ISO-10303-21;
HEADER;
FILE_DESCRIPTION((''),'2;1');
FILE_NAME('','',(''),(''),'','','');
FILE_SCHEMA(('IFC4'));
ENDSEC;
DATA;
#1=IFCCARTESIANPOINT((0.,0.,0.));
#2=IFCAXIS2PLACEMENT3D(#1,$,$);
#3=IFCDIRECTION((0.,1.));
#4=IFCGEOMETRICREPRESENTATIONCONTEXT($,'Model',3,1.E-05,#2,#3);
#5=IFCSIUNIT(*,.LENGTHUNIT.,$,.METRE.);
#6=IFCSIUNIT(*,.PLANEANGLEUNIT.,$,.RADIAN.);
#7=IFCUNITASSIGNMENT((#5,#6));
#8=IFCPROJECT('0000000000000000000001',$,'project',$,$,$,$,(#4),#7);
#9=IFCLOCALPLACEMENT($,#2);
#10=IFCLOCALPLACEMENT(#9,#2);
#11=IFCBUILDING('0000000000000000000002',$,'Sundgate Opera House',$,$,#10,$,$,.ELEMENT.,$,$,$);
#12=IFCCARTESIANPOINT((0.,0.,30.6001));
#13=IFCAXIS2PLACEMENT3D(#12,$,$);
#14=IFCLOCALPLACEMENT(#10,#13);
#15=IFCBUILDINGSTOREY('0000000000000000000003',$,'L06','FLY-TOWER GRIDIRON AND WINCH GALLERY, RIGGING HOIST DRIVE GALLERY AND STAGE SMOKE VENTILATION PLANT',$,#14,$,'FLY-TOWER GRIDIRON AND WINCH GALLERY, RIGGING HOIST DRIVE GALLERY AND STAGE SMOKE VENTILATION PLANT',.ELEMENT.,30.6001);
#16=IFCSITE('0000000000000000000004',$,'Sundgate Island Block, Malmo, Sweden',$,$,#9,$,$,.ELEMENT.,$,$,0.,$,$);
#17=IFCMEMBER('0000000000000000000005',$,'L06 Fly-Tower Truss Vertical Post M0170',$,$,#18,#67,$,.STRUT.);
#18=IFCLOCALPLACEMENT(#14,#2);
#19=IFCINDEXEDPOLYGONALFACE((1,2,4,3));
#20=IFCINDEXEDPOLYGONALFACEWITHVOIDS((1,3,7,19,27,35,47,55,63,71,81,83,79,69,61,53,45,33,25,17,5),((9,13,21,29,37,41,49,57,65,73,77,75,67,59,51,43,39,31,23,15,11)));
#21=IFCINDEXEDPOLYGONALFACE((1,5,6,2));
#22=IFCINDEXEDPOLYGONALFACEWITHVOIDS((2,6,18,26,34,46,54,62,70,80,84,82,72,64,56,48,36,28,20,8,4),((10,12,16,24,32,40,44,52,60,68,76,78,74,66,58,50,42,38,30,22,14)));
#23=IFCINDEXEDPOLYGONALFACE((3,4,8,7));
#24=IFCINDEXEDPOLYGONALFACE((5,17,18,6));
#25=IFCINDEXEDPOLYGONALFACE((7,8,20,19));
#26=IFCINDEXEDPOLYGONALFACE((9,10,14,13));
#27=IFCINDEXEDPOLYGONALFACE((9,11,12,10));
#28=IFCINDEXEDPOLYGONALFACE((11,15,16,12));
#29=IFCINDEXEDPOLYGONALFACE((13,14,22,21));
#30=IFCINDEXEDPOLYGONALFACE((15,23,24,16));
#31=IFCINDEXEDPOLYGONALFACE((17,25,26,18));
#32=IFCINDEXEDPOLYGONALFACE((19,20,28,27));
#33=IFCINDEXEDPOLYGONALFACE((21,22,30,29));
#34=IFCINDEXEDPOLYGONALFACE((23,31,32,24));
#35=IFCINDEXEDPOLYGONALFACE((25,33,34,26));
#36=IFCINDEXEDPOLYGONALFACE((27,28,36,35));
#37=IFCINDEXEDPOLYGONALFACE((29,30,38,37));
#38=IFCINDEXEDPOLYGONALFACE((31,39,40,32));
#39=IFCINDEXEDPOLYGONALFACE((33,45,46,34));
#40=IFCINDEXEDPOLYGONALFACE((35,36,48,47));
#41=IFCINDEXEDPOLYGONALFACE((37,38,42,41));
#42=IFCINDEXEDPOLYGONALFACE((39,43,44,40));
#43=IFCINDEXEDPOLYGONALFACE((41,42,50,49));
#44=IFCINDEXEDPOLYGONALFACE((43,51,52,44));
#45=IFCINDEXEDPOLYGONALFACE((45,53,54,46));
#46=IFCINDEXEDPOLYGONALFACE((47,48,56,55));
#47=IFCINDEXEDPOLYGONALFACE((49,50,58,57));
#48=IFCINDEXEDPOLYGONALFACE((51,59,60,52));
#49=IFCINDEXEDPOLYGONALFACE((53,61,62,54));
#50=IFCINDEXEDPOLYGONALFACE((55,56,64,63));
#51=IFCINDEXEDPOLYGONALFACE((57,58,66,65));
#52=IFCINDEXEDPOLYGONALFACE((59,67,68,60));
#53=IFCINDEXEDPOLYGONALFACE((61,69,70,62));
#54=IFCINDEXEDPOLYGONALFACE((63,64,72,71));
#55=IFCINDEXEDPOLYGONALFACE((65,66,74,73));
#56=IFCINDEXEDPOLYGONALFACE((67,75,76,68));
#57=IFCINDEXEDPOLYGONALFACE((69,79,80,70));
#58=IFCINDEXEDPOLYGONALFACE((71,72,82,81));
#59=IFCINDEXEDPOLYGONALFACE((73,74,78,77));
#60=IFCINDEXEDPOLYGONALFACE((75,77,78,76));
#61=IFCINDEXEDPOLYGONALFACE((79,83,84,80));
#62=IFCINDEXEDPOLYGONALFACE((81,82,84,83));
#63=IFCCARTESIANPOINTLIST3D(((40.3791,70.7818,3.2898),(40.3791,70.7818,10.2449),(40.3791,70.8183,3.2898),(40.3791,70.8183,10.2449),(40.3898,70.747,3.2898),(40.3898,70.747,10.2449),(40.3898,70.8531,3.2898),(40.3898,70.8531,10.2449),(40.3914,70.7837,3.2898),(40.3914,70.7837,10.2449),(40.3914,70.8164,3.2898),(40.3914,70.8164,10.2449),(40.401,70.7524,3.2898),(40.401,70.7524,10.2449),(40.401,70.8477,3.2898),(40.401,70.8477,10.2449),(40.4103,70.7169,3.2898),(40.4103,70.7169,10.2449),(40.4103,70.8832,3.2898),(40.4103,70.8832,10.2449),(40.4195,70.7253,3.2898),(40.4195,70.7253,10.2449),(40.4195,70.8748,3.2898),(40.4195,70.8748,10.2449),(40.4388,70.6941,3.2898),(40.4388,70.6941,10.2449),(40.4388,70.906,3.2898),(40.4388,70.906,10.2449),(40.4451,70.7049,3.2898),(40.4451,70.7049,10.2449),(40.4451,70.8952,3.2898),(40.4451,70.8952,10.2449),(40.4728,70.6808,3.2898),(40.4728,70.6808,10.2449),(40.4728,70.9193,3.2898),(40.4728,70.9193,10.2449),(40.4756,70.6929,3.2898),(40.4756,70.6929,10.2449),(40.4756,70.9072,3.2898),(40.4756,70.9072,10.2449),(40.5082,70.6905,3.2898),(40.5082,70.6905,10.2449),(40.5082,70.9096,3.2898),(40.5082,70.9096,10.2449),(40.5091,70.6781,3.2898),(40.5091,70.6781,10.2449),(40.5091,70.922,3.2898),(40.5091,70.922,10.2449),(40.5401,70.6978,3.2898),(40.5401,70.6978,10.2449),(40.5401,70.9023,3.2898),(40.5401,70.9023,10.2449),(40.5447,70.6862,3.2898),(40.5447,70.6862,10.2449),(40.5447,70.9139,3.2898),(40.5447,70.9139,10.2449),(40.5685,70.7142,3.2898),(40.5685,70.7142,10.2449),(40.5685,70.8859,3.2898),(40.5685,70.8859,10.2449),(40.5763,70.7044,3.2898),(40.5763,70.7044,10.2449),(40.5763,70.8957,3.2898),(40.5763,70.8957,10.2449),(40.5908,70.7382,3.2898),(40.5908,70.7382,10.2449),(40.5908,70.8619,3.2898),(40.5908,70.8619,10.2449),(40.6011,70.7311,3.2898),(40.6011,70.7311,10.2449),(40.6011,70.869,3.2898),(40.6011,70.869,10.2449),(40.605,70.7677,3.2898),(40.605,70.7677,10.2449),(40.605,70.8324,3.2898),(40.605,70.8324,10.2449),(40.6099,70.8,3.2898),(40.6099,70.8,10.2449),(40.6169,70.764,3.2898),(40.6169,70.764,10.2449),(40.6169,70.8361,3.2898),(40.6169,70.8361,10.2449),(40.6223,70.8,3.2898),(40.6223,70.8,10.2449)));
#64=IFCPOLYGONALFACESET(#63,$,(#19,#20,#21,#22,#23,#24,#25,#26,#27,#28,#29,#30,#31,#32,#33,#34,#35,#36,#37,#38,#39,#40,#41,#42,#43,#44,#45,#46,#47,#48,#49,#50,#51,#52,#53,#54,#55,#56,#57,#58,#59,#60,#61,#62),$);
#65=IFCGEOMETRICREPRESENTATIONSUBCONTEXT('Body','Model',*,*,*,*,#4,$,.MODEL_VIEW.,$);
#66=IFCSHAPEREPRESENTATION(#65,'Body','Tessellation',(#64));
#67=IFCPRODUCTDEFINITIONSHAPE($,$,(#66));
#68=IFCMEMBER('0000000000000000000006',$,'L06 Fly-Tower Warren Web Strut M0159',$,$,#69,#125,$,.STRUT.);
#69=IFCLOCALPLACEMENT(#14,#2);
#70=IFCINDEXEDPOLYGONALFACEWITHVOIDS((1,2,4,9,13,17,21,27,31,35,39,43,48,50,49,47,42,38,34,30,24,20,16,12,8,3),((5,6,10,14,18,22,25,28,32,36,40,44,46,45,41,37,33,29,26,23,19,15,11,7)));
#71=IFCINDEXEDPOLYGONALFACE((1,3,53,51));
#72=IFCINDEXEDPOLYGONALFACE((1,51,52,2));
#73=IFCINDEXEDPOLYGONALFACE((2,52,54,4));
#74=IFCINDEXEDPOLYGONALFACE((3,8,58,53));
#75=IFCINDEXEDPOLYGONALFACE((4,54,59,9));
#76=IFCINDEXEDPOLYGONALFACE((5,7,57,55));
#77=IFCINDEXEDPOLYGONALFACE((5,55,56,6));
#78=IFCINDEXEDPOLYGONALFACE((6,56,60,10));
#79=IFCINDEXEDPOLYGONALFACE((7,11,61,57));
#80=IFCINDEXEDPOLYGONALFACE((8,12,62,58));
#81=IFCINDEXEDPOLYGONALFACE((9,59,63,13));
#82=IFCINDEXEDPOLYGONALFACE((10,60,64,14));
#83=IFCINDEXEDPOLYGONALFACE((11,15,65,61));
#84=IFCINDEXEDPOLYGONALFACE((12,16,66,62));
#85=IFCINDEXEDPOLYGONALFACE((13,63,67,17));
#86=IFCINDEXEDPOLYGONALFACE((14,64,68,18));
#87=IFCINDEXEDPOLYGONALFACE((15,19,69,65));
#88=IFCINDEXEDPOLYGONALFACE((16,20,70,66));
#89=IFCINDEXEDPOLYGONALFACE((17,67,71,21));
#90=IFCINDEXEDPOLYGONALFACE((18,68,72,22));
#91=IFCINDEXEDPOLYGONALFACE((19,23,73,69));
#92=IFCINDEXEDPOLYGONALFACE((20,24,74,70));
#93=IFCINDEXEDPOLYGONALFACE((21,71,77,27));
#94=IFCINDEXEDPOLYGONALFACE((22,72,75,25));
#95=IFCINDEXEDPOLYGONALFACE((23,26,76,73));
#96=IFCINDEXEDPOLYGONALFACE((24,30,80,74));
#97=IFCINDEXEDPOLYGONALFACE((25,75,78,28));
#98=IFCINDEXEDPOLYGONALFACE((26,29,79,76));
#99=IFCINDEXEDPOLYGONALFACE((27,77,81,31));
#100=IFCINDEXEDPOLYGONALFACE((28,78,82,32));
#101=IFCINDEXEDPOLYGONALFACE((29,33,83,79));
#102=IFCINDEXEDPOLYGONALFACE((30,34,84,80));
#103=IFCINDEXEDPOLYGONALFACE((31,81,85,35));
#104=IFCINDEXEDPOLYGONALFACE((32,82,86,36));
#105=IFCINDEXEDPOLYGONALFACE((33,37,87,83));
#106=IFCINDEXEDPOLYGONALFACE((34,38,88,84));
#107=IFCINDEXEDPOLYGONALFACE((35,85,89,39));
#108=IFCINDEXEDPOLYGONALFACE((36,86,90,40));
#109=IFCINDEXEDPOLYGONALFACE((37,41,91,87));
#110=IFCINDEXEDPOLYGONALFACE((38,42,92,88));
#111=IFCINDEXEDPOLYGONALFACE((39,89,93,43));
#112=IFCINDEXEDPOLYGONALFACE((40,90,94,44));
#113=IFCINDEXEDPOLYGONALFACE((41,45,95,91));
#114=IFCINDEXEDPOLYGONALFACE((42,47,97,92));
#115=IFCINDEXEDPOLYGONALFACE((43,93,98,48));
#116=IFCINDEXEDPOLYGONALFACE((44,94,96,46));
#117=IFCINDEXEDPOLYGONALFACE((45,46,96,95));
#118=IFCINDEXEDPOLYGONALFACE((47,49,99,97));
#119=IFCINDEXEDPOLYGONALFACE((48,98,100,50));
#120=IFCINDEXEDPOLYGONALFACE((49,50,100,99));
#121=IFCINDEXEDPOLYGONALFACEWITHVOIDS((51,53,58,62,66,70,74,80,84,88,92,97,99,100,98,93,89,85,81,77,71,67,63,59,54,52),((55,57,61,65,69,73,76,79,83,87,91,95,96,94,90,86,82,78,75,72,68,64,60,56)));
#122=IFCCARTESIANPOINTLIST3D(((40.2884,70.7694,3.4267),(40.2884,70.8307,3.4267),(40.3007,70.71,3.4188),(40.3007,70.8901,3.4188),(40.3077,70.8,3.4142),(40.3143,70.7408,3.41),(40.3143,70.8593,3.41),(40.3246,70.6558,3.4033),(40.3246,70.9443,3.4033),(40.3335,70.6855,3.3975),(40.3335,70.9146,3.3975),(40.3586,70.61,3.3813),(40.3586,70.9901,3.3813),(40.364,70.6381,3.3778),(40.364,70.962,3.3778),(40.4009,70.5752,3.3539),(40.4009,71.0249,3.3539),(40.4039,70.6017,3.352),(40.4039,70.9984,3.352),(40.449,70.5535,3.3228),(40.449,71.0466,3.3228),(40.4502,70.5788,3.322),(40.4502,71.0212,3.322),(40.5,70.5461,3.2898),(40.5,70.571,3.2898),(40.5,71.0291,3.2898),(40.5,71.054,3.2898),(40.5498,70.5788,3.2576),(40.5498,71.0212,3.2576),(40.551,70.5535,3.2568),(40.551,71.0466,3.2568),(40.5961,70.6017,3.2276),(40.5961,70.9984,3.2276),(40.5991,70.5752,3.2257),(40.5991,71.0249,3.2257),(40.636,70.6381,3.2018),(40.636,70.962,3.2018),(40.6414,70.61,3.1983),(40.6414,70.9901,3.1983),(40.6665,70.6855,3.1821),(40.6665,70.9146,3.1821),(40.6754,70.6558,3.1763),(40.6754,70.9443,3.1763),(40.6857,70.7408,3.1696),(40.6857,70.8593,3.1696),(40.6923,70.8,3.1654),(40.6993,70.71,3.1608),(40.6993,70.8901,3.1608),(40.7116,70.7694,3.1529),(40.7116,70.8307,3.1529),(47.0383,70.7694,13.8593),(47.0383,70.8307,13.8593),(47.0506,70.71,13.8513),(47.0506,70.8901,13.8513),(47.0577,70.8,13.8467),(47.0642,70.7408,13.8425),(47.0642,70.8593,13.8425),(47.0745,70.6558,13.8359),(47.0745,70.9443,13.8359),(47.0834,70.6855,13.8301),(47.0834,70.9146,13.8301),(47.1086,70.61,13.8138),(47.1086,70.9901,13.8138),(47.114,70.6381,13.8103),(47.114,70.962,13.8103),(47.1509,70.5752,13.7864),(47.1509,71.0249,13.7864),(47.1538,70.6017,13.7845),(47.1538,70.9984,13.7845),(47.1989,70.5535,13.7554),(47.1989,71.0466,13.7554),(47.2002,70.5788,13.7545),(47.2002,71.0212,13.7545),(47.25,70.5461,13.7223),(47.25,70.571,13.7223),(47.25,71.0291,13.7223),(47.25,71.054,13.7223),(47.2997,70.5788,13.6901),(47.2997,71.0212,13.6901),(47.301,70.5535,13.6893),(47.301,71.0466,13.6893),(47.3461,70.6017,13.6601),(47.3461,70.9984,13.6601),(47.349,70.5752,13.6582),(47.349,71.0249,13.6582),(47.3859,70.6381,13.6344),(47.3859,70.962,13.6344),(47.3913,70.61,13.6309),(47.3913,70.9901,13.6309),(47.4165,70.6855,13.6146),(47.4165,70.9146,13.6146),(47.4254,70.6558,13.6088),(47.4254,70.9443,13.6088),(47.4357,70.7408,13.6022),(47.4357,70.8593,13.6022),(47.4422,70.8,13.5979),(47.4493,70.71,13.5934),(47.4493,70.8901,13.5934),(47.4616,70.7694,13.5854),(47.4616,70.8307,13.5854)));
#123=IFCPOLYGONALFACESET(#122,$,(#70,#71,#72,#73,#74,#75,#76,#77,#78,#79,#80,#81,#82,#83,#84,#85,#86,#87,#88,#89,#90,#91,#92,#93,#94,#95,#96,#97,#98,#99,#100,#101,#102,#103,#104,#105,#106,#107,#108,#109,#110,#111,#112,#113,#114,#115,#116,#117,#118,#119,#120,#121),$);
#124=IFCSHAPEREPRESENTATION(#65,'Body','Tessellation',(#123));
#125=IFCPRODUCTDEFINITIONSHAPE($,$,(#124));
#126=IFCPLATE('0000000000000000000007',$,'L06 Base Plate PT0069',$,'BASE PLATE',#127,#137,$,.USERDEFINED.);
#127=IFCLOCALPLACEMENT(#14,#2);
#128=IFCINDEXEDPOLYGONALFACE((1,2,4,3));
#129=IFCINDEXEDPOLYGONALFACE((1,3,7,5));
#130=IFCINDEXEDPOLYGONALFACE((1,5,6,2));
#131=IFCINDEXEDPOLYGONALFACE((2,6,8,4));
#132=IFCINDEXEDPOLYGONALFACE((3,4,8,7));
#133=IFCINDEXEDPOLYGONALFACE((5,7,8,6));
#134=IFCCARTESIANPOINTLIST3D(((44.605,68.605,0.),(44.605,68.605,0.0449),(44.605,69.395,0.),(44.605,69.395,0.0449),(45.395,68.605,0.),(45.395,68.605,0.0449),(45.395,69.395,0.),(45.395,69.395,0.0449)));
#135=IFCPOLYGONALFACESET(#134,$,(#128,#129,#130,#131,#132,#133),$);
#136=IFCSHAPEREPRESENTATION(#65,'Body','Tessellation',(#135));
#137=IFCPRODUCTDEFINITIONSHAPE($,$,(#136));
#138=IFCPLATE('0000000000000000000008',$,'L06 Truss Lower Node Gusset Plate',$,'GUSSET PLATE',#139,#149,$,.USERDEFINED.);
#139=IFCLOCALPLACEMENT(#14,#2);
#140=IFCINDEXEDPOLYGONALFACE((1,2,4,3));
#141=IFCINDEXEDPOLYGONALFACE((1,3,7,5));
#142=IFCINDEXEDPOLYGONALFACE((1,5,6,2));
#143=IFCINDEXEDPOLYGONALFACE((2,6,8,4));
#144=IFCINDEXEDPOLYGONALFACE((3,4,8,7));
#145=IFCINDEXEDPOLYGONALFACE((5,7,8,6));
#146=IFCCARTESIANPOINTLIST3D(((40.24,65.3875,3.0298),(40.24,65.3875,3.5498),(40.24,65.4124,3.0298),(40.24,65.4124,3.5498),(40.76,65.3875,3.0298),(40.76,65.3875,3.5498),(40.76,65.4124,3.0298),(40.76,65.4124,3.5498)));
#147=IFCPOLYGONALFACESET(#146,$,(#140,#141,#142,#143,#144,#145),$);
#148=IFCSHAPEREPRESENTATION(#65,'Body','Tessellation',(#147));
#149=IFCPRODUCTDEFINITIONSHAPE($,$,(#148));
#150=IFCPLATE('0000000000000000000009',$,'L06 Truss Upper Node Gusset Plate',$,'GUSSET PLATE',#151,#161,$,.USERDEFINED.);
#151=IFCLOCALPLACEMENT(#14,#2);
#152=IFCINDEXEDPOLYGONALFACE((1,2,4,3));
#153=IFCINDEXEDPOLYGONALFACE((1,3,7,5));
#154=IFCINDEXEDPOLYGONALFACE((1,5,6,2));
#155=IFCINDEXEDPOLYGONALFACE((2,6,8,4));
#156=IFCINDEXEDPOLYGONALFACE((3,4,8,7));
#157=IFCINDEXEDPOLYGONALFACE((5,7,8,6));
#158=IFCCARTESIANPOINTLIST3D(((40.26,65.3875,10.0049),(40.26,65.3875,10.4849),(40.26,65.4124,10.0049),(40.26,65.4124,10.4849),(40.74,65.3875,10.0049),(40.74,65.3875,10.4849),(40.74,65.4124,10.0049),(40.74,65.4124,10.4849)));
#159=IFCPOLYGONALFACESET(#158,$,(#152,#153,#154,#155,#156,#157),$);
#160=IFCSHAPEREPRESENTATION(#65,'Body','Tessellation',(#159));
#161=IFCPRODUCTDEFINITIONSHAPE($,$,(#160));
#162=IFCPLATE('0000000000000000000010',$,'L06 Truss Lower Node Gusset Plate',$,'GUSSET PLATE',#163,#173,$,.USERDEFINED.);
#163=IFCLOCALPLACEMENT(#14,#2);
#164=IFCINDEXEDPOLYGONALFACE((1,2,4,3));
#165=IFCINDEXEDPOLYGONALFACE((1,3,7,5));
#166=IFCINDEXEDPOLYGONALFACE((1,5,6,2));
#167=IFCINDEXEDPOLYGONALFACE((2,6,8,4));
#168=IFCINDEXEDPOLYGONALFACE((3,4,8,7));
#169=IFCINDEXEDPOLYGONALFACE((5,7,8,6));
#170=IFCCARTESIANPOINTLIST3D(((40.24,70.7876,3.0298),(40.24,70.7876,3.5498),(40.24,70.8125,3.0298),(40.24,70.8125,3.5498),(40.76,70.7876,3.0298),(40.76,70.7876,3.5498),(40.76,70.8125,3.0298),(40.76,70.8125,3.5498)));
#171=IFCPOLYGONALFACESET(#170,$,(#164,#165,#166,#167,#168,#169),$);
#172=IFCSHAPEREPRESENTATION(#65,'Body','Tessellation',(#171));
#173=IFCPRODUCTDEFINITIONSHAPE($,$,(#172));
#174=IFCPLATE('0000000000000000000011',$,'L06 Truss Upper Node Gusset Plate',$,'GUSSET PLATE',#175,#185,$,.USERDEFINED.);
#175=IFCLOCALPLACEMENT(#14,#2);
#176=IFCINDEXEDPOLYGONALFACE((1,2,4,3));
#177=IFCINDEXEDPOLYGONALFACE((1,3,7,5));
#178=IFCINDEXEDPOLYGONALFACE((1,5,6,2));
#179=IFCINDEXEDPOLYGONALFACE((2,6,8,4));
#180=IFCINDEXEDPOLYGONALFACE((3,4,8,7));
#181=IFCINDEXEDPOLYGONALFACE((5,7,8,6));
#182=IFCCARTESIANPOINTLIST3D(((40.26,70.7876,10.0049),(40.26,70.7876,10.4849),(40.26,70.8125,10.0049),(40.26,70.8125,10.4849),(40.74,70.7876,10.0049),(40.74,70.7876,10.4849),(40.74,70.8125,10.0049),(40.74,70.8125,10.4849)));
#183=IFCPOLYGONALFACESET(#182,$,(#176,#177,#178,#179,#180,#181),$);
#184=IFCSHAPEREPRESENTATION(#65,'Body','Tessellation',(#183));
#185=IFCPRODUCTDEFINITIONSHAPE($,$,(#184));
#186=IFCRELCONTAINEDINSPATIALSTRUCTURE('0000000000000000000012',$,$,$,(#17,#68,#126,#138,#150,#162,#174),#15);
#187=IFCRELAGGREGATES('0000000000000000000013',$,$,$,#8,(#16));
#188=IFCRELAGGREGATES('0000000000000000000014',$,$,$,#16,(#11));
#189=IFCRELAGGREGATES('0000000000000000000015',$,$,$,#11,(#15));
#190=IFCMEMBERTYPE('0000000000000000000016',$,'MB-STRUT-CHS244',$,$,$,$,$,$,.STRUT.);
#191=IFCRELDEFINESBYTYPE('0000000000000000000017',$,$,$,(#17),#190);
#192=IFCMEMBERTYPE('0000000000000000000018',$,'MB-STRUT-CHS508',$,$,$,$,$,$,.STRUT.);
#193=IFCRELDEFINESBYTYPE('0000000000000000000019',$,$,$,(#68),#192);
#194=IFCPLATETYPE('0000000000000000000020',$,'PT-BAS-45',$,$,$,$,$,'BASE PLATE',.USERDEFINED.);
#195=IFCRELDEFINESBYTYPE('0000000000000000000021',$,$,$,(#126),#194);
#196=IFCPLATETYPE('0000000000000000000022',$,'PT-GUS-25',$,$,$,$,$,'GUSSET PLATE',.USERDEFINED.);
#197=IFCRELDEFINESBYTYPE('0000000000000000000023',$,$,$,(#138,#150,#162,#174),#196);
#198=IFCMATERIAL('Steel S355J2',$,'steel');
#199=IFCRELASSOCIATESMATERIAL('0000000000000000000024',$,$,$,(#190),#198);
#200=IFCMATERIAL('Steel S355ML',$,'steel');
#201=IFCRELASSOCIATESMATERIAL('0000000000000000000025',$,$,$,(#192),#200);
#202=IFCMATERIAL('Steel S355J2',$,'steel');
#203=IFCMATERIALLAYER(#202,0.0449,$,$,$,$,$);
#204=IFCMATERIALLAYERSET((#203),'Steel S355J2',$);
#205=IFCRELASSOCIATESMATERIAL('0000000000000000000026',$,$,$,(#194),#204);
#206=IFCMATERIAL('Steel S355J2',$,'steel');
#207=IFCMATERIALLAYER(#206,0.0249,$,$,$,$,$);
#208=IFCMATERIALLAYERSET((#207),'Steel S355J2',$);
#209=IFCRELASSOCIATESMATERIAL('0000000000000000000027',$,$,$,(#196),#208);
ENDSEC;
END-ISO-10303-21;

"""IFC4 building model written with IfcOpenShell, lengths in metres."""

from ifc_helpers import new_model, si_unit, direction, frame, origin, origin_2d, place, context, subcontext, project, spatial, rectangle, hollow_circle, extrude, material, layer, layer_set, material_profile, profile_set, type_object, element, save


model = new_model("IFC4")

# Units and contexts
model_context = context("Model", 3, precision=1e-05, world=origin(), true_north=direction((0.0, 1.0)))
body_context = subcontext(model_context, "Body", "Model", "MODEL_VIEW")
ifc_project = project(units=[si_unit("LENGTHUNIT", "METRE"), si_unit("PLANEANGLEUNIT", "RADIAN")], contexts=[model_context])

# Site, building, storey
site_placement = place(None, origin())
site = spatial("IfcSite", under=ifc_project, at=site_placement, Name="Sundgate Island Block, Malmo, Sweden", CompositionType="ELEMENT", RefElevation=0.0)
building_placement = place(site_placement, origin())
building = spatial("IfcBuilding", under=site, at=building_placement, Name="Sundgate Opera House", CompositionType="ELEMENT")
storey_placement = place(building_placement, frame((0.0, 0.0, 30.6001)))
storey = spatial("IfcBuildingStorey", under=building, at=storey_placement, Name="L06", Description="FLY-TOWER GRIDIRON AND WINCH GALLERY, RIGGING HOIST DRIVE GALLERY AND STAGE SMOKE VENTILATION PLANT", LongName="FLY-TOWER GRIDIRON AND WINCH GALLERY, RIGGING HOIST DRIVE GALLERY AND STAGE SMOKE VENTILATION PLANT", CompositionType="ELEMENT", Elevation=30.6001)

# Members
ifc_material_1 = material(Name="Steel S355J2", Category="steel")
ifc_material_profile_1 = material_profile(ifc_material_1, hollow_circle(Radius=0.1223, WallThickness=0.0125, at=origin_2d()), Name="CHS 244.5x12.5")
ifc_profile_set_1 = profile_set([ifc_material_profile_1], Name="Steel S355J2")
member_type_1 = type_object("IfcMemberType", Name="MB-STRUT-CHS244", PredefinedType="STRUT", material=ifc_profile_set_1)
for number, where, z_axis, x_axis, name in (
    (1, (40.5, 70.8, 3.2898), (0.0, 0.0, 1.0), (1.0, 0.0, 0.0), "L06 Fly-Tower Truss Vertical Post M0170"),
):
    element("IfcMember", number, at=place(storey_placement, frame(where, z_axis=z_axis, x_axis=x_axis)), inside=storey, type_object=member_type_1, Name=name, PredefinedType="STRUT", context=body_context, shape_type="SweptSolid", body=[
        extrude(hollow_circle(Radius=0.1223, WallThickness=0.0125, at=origin_2d()), origin(), (0.0, 0.0, 1.0), 6.9551),
    ])
ifc_material_2 = material(Name="Steel S355ML", Category="steel")
ifc_material_profile_2 = material_profile(ifc_material_2, hollow_circle(Radius=0.2539, WallThickness=0.0249, at=origin_2d()), Name="CHS 508x25.0")
ifc_profile_set_2 = profile_set([ifc_material_profile_2], Name="Steel S355ML")
member_type_2 = type_object("IfcMemberType", Name="MB-STRUT-CHS508", PredefinedType="STRUT", material=ifc_profile_set_2)
member_1_placement = place(storey_placement, frame((40.5, 70.8, 3.2898), z_axis=(0.543222, 0.0, 0.839589), x_axis=(0.0, 1.0, 0.0)))
element("IfcMember", 2, at=member_1_placement, inside=storey, type_object=member_type_2, Name="L06 Fly-Tower Warren Web Strut M0159", PredefinedType="STRUT", context=body_context, shape_type="SweptSolid", body=[
    extrude(hollow_circle(Radius=0.2539, WallThickness=0.0249, at=origin_2d()), origin(), (0.0, 0.0, 1.0), 12.4258),
])

# Plates
ifc_material_3 = material(Name="Steel S355J2", Category="steel")
ifc_layer_1 = layer(ifc_material_3, 0.0449)
ifc_layer_set_1 = layer_set([ifc_layer_1], Name="Steel S355J2")
plate_type_1 = type_object("IfcPlateType", Name="PT-BAS-45", ElementType="BASE PLATE", PredefinedType="USERDEFINED", material=ifc_layer_set_1)
plate_1_placement = place(storey_placement, frame((45.0, 69.0, 0.0), z_axis=(0.0, 0.0, 1.0), x_axis=(1.0, 0.0, 0.0)))
element("IfcPlate", 3, at=plate_1_placement, inside=storey, type_object=plate_type_1, Name="L06 Base Plate PT0069", ObjectType="BASE PLATE", PredefinedType="USERDEFINED", context=body_context, shape_type="SweptSolid", body=[
    extrude(rectangle(XDim=0.79, YDim=0.79, at=origin_2d()), origin(), (0.0, 0.0, 1.0), 0.0449),
])
ifc_material_4 = material(Name="Steel S355J2", Category="steel")
ifc_layer_2 = layer(ifc_material_4, 0.0249)
ifc_layer_set_2 = layer_set([ifc_layer_2], Name="Steel S355J2")
plate_type_2 = type_object("IfcPlateType", Name="PT-GUS-25", ElementType="GUSSET PLATE", PredefinedType="USERDEFINED", material=ifc_layer_set_2)
plate_2_placement = place(storey_placement, frame((40.5, 65.3999, 3.0298), z_axis=(0.0, 0.0, 1.0), x_axis=(1.0, 0.0, 0.0)))
element("IfcPlate", 4, at=plate_2_placement, inside=storey, type_object=plate_type_2, Name="L06 Truss Lower Node Gusset Plate", ObjectType="GUSSET PLATE", PredefinedType="USERDEFINED", context=body_context, shape_type="SweptSolid", body=[
    extrude(rectangle(XDim=0.52, YDim=0.0249, at=origin_2d()), origin(), (0.0, 0.0, 1.0), 0.52),
])
plate_3_placement = place(storey_placement, frame((40.5, 65.3999, 10.0049), z_axis=(0.0, 0.0, 1.0), x_axis=(1.0, 0.0, 0.0)))
element("IfcPlate", 5, at=plate_3_placement, inside=storey, type_object=plate_type_2, Name="L06 Truss Upper Node Gusset Plate", ObjectType="GUSSET PLATE", PredefinedType="USERDEFINED", context=body_context, shape_type="SweptSolid", body=[
    extrude(rectangle(XDim=0.48, YDim=0.0249, at=origin_2d()), origin(), (0.0, 0.0, 1.0), 0.48),
])
plate_4_placement = place(storey_placement, frame((40.5, 70.8, 3.0298), z_axis=(0.0, 0.0, 1.0), x_axis=(1.0, 0.0, 0.0)))
element("IfcPlate", 6, at=plate_4_placement, inside=storey, type_object=plate_type_2, Name="L06 Truss Lower Node Gusset Plate", ObjectType="GUSSET PLATE", PredefinedType="USERDEFINED", context=body_context, shape_type="SweptSolid", body=[
    extrude(rectangle(XDim=0.52, YDim=0.0249, at=origin_2d()), origin(), (0.0, 0.0, 1.0), 0.52),
])
plate_5_placement = place(storey_placement, frame((40.5, 70.8, 10.0049), z_axis=(0.0, 0.0, 1.0), x_axis=(1.0, 0.0, 0.0)))
element("IfcPlate", 7, at=plate_5_placement, inside=storey, type_object=plate_type_2, Name="L06 Truss Upper Node Gusset Plate", ObjectType="GUSSET PLATE", PredefinedType="USERDEFINED", context=body_context, shape_type="SweptSolid", body=[
    extrude(rectangle(XDim=0.48, YDim=0.0249, at=origin_2d()), origin(), (0.0, 0.0, 1.0), 0.48),
])

save(model, "model.ifc")
